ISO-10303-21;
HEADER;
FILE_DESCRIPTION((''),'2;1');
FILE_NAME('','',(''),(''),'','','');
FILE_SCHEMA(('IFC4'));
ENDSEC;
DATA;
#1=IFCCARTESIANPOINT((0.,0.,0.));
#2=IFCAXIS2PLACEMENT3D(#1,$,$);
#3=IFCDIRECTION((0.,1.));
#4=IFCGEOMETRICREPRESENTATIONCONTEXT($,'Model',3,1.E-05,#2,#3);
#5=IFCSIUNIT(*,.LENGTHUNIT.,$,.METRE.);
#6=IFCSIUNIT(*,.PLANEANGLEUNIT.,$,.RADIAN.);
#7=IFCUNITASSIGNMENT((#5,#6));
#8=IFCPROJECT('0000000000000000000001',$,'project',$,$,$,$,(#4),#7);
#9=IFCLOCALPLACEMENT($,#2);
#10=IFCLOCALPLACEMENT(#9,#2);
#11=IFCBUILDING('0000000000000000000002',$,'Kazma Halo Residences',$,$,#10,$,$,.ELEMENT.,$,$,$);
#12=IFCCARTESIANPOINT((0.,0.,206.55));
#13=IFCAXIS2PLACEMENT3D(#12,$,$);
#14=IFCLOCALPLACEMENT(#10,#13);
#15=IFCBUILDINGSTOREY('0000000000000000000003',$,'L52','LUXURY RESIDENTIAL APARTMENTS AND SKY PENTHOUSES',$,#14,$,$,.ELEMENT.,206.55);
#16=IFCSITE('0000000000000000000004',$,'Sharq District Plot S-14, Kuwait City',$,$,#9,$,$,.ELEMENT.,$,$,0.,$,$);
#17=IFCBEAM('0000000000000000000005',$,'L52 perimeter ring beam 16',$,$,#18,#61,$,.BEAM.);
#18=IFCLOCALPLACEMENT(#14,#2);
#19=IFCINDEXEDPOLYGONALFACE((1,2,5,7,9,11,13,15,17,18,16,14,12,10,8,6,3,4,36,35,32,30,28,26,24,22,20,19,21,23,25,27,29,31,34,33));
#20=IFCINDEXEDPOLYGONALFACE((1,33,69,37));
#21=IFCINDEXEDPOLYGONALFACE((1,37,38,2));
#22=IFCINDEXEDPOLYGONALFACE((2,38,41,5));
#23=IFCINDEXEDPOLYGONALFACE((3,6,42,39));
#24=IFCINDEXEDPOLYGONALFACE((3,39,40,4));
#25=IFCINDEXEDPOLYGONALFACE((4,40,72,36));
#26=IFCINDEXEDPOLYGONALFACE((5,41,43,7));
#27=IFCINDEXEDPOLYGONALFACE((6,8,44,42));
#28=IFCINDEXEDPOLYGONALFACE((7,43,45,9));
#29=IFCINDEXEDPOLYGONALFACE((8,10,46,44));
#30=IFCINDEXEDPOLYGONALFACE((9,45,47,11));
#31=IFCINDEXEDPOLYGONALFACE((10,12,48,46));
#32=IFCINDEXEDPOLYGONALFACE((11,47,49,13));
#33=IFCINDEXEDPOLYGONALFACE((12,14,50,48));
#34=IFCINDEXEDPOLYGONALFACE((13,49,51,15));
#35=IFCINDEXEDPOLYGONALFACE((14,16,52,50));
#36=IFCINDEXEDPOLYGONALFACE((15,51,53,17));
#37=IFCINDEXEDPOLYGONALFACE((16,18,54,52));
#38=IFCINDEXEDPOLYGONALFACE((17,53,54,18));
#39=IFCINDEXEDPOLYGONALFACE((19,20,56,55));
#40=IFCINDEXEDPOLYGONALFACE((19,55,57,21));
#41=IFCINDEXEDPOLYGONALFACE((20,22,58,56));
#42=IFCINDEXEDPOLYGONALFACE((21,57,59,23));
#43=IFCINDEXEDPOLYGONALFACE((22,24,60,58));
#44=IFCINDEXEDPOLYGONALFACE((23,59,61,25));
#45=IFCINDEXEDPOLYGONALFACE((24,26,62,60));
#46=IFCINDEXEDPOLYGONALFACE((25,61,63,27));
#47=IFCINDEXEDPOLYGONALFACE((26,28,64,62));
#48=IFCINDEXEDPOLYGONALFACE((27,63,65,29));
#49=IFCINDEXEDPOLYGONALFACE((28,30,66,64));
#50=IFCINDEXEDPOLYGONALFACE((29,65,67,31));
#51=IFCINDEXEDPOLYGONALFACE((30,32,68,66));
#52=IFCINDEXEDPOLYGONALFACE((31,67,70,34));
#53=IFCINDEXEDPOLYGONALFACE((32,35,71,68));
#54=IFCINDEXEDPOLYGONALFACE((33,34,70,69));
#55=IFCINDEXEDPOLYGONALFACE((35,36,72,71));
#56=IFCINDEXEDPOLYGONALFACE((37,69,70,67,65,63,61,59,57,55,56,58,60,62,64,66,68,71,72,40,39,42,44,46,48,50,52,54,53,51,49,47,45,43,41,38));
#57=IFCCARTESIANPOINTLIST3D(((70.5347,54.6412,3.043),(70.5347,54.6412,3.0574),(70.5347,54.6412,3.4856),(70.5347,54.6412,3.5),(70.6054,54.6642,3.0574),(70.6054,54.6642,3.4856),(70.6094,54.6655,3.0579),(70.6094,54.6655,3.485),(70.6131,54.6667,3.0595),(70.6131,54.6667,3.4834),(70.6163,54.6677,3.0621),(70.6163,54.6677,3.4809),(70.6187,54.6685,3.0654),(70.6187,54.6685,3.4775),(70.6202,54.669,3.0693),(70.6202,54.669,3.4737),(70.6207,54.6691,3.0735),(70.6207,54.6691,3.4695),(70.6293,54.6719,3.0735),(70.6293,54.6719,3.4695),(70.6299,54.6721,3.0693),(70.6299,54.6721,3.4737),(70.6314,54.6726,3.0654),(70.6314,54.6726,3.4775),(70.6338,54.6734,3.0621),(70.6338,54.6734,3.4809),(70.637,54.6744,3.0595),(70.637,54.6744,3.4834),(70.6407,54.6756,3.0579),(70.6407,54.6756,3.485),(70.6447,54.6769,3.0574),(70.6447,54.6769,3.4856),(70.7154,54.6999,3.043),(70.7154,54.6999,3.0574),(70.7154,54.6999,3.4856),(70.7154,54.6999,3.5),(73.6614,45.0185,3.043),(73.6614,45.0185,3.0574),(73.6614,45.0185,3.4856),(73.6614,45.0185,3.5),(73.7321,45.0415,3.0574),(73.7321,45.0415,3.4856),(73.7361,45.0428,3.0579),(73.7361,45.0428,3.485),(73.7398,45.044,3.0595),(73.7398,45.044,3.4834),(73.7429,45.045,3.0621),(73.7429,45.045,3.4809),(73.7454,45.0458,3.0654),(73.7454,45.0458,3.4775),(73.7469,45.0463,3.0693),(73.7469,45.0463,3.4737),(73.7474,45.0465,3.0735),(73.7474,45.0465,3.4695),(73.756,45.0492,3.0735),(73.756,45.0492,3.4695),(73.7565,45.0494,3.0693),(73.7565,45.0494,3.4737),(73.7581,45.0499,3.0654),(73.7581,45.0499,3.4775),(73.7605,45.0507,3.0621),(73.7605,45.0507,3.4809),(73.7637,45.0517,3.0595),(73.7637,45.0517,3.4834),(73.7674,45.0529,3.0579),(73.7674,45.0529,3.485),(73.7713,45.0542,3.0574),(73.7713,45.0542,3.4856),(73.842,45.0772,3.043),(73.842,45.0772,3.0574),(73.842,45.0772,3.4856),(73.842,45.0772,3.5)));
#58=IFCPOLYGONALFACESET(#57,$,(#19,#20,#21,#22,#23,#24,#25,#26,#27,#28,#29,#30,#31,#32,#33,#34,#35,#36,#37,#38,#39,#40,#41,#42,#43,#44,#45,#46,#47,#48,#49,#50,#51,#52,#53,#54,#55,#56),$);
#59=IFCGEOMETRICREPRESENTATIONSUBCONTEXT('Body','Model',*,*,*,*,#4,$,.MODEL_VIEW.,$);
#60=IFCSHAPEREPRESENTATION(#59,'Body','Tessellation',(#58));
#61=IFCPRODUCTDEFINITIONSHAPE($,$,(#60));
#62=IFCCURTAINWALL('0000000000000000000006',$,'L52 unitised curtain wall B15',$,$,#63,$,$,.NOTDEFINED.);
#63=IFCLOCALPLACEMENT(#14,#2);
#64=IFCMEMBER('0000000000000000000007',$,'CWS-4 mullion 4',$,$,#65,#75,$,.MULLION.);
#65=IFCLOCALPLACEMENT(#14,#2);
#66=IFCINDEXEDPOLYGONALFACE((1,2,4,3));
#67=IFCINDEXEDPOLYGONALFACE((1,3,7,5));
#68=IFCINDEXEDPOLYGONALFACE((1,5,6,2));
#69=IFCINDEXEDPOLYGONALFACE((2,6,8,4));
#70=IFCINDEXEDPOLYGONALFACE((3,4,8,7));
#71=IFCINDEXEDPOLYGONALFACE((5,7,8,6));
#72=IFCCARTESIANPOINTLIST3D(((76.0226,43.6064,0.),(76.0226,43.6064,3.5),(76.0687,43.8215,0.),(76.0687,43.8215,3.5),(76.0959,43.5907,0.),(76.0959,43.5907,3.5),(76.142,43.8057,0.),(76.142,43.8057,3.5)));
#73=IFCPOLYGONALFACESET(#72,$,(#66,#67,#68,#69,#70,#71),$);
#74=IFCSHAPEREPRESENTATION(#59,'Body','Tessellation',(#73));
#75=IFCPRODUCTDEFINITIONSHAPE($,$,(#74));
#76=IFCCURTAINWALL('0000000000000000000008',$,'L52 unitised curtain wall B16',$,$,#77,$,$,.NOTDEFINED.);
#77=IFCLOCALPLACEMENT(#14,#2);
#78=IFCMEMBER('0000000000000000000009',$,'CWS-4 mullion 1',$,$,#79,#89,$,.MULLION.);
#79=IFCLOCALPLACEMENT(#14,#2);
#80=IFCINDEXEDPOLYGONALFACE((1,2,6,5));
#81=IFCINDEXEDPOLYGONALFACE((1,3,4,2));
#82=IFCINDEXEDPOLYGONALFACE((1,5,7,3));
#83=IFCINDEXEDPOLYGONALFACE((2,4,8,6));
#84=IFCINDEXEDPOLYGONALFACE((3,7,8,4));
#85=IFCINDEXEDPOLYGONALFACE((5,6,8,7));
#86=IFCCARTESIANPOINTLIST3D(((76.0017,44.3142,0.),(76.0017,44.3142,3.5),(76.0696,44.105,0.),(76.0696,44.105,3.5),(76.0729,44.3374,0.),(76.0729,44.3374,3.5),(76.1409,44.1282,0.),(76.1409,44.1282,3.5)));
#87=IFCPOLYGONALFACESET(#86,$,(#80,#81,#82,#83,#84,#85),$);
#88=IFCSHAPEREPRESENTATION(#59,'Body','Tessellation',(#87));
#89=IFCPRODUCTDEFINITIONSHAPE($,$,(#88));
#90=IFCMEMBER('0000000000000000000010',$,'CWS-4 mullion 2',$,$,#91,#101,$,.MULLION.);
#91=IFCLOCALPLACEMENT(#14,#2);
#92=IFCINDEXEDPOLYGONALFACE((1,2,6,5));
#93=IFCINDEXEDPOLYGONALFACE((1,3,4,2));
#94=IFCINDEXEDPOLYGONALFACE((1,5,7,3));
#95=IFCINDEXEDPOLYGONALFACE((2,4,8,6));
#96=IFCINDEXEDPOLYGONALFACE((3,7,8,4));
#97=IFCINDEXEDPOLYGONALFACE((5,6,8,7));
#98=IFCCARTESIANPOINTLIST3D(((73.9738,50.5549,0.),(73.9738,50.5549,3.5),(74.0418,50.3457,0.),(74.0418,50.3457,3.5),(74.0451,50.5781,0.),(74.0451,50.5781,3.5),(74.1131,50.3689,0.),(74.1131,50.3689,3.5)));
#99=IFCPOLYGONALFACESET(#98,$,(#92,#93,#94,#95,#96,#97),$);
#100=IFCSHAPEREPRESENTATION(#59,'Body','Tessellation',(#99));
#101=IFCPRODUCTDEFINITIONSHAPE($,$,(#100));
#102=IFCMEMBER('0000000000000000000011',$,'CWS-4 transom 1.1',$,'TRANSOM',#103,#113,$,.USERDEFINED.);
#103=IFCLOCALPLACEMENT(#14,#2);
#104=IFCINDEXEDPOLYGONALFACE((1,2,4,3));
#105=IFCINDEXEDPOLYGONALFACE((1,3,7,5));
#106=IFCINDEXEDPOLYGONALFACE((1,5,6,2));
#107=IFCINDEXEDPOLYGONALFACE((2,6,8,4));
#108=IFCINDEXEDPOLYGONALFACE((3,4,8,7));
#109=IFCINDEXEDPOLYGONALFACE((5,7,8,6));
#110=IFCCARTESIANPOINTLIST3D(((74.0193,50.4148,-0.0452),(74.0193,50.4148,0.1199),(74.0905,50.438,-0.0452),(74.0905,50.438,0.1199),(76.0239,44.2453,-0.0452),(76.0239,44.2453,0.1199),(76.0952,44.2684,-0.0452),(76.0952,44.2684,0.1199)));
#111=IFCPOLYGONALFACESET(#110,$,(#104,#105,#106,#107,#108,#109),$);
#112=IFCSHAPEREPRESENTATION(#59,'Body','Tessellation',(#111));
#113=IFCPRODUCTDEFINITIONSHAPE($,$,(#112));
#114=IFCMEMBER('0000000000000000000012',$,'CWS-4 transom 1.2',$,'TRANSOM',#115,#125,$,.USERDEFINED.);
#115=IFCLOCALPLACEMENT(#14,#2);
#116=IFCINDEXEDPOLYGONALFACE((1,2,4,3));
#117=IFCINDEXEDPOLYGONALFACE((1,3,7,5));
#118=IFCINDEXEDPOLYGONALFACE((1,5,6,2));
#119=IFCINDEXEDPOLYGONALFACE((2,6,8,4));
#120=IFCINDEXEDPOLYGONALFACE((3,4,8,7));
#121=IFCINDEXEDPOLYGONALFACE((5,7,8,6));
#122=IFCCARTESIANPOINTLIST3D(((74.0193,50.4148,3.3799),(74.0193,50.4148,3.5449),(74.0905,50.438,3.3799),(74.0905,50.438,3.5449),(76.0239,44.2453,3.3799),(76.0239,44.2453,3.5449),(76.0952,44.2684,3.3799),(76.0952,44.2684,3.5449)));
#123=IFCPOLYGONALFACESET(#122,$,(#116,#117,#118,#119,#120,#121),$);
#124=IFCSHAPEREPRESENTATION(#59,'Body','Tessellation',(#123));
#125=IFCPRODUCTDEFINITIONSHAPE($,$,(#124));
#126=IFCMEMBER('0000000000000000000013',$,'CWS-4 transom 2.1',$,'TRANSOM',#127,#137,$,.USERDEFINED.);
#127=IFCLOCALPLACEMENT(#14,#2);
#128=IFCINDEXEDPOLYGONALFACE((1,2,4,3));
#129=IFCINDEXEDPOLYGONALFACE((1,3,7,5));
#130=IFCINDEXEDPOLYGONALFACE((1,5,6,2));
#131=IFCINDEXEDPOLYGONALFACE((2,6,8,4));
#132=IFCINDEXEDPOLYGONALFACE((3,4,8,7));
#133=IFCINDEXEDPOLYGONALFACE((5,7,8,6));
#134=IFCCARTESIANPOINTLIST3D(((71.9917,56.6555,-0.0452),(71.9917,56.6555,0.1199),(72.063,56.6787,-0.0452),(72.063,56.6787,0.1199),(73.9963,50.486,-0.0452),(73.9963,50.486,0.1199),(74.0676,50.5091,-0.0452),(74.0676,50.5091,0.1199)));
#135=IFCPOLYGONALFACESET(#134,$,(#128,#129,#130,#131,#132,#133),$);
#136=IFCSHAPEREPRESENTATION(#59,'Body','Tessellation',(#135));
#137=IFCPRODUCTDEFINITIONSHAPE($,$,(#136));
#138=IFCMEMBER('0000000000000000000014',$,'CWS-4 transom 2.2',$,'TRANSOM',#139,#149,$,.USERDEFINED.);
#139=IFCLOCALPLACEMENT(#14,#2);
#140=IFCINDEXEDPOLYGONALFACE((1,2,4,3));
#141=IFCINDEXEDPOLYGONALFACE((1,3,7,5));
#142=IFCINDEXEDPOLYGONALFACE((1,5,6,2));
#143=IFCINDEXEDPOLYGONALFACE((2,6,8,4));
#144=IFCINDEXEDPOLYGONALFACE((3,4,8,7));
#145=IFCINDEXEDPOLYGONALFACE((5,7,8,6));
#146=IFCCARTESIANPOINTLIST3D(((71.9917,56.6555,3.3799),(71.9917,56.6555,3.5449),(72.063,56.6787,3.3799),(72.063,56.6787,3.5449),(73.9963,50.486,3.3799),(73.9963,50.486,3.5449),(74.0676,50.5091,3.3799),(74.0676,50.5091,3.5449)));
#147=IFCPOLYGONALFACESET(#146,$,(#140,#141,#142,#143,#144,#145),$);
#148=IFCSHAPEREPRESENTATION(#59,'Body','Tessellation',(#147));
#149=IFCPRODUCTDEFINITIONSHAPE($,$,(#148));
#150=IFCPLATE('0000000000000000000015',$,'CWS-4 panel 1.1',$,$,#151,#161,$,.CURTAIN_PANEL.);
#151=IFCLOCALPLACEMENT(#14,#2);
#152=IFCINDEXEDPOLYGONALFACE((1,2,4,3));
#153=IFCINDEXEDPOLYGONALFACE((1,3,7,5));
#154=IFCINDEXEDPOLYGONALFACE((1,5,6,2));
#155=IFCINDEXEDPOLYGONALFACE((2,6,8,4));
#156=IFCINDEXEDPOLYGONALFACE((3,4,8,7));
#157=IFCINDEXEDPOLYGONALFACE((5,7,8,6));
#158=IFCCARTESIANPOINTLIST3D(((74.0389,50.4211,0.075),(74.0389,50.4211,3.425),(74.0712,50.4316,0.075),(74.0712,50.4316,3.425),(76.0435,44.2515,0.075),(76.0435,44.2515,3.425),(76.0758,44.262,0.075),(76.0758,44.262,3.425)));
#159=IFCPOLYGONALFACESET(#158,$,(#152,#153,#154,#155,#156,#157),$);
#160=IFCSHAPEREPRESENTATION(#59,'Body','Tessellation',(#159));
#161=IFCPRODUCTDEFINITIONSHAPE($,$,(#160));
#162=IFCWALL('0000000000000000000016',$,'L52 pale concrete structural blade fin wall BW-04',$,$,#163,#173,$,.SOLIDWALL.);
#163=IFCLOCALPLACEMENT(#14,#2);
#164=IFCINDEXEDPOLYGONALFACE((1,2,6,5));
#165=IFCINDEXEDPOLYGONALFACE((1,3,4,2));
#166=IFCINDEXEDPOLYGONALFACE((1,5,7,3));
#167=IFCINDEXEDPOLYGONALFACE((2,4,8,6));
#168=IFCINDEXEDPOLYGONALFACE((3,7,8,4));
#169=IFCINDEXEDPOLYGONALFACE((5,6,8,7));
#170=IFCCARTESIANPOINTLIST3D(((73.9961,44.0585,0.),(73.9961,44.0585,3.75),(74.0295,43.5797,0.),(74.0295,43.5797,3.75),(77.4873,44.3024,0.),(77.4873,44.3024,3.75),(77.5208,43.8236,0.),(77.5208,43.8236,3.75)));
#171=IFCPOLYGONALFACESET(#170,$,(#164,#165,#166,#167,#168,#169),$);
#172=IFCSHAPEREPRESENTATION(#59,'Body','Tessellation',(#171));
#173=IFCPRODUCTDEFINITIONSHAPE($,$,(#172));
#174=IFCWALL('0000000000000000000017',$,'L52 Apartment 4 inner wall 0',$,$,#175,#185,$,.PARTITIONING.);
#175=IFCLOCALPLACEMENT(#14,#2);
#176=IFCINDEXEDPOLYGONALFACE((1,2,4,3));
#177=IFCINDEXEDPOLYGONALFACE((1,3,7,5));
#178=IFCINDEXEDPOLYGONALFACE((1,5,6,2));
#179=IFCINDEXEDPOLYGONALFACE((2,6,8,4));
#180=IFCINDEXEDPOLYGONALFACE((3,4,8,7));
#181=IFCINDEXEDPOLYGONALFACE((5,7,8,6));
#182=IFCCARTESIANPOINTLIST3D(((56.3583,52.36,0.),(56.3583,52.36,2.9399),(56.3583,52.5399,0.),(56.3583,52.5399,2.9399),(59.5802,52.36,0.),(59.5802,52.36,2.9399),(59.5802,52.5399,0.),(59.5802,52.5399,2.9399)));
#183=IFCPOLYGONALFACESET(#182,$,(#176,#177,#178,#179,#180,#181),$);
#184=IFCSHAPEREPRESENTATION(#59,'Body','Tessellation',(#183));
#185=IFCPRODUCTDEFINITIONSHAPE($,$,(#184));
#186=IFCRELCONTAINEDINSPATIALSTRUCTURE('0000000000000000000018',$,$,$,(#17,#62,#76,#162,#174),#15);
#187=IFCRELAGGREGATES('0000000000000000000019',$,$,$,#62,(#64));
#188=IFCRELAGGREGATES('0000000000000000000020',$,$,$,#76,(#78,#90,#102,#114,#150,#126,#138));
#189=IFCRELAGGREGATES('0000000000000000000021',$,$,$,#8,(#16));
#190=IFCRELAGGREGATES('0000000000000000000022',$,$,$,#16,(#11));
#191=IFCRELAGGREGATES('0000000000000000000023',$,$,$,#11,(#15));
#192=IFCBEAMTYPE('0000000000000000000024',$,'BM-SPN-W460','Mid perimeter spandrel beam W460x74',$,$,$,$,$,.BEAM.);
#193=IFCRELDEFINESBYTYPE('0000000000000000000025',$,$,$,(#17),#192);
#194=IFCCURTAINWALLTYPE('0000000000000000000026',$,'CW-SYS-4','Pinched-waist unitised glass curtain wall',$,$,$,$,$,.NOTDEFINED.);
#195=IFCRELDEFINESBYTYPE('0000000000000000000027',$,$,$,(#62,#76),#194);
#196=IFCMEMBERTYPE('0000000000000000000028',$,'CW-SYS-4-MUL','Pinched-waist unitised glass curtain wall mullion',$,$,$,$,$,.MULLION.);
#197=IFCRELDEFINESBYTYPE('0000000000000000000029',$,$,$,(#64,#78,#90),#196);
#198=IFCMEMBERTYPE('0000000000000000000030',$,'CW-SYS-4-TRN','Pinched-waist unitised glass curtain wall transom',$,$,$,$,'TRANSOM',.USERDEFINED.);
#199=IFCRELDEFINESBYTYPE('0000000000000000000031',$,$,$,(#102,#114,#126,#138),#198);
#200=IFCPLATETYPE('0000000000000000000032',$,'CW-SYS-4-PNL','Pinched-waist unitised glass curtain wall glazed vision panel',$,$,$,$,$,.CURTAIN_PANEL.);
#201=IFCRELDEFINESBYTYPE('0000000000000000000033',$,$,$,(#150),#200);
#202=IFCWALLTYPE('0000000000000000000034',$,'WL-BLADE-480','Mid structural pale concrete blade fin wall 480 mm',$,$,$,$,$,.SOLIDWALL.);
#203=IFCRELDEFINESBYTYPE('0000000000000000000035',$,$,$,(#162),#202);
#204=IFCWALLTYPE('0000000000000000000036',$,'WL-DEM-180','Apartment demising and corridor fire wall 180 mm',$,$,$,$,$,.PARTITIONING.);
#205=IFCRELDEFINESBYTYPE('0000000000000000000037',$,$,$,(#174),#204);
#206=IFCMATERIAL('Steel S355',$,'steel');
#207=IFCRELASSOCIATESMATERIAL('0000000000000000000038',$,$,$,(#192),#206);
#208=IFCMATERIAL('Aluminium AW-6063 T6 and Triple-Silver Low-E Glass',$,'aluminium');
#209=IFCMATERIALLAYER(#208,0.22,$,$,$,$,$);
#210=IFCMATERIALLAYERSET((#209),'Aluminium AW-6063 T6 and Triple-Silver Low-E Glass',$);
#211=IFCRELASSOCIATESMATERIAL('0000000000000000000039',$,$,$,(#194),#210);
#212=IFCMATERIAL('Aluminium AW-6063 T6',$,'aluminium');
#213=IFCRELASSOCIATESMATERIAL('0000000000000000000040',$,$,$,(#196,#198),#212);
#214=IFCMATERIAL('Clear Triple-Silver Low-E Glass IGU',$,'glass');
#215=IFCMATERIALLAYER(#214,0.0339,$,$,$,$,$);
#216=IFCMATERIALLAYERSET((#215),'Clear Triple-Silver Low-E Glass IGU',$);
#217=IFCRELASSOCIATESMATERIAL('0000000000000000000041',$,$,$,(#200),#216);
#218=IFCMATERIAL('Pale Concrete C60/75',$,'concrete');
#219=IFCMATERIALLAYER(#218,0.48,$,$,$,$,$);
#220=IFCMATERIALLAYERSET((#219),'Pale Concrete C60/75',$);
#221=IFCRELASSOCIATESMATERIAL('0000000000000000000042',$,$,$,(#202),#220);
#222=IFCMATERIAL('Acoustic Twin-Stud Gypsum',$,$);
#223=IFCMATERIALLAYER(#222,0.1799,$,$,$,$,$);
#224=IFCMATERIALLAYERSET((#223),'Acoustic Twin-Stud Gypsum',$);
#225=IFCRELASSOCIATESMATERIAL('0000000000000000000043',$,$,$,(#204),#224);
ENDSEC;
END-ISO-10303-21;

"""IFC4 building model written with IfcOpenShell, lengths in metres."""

from ifc_helpers import new_model, si_unit, direction, frame, frame_2d, origin, origin_2d, place, context, subcontext, project, spatial, rectangle, i_section, extrude, material, layer, layer_set, material_profile, profile_set, type_object, element, aggregate, save


model = new_model("IFC4")

# Units and contexts
model_context = context("Model", 3, precision=1e-05, world=origin(), true_north=direction((0.0, 1.0)))
body_context = subcontext(model_context, "Body", "Model", "MODEL_VIEW")
ifc_project = project(units=[si_unit("LENGTHUNIT", "METRE"), si_unit("PLANEANGLEUNIT", "RADIAN")], contexts=[model_context])

# Site, building, storey
site_placement = place(None, origin())
site = spatial("IfcSite", under=ifc_project, at=site_placement, Name="Sharq District Plot S-14, Kuwait City", CompositionType="ELEMENT", RefElevation=0.0)
building_placement = place(site_placement, origin())
building = spatial("IfcBuilding", under=site, at=building_placement, Name="Kazma Halo Residences", CompositionType="ELEMENT")
storey_placement = place(building_placement, frame((0.0, 0.0, 206.55)))
storey = spatial("IfcBuildingStorey", under=building, at=storey_placement, Name="L52", Description="LUXURY RESIDENTIAL APARTMENTS AND SKY PENTHOUSES", CompositionType="ELEMENT", Elevation=206.55)

# Beam
ifc_material_1 = material(Name="Steel S355", Category="steel")
ifc_material_profile_1 = material_profile(ifc_material_1, i_section(OverallWidth=0.1899, OverallDepth=0.457, WebThickness=0.009, FlangeThickness=0.0144, FilletRadius=0.0161, at=origin_2d()), Name="W460x74")
ifc_profile_set_1 = profile_set([ifc_material_profile_1], Name="Steel S355")
beam_type_1 = type_object("IfcBeamType", Name="BM-SPN-W460", Description="Mid perimeter spandrel beam W460x74", PredefinedType="BEAM", material=ifc_profile_set_1)
beam_1_placement = place(storey_placement, frame((73.7517, 45.0479, 3.2715), z_axis=(-0.309023, 0.951054, 0.0), x_axis=(-0.951054, -0.309023, 0.0)))
element("IfcBeam", 1, at=beam_1_placement, inside=storey, type_object=beam_type_1, Name="L52 perimeter ring beam 16", PredefinedType="BEAM", context=body_context, shape_type="SweptSolid", body=[
    extrude(i_section(OverallWidth=0.1899, OverallDepth=0.457, WebThickness=0.009, FlangeThickness=0.0144, FilletRadius=0.0161, at=origin_2d()), origin(), (0.0, 0.0, 1.0), 10.1179),
])

# Curtain wall, member
ifc_material_2 = material(Name="Aluminium AW-6063 T6 and Triple-Silver Low-E Glass", Category="aluminium")
ifc_layer_1 = layer(ifc_material_2, 0.22)
ifc_layer_set_1 = layer_set([ifc_layer_1], Name="Aluminium AW-6063 T6 and Triple-Silver Low-E Glass")
curtain_wall_type = type_object("IfcCurtainWallType", Name="CW-SYS-4", Description="Pinched-waist unitised glass curtain wall", PredefinedType="NOTDEFINED", material=ifc_layer_set_1)
curtain_wall_1_placement = place(storey_placement, origin())
curtain_wall_1 = element("IfcCurtainWall", 2, at=curtain_wall_1_placement, inside=storey, type_object=curtain_wall_type, Name="L52 unitised curtain wall B15", PredefinedType="NOTDEFINED")
ifc_material_3 = material(Name="Aluminium AW-6063 T6", Category="aluminium")
ifc_material_profile_2 = material_profile(ifc_material_3, rectangle(XDim=0.075, YDim=0.22, at=origin_2d()), Name="CWM-75x220")
ifc_profile_set_2 = profile_set([ifc_material_profile_2], Name="Aluminium AW-6063 T6")
member_type_1 = type_object("IfcMemberType", Name="CW-SYS-4-MUL", Description="Pinched-waist unitised glass curtain wall mullion", PredefinedType="MULLION", material=ifc_profile_set_2)
member_1_placement = place(storey_placement, frame((76.0823, 43.7061, 0.0), z_axis=(0.0, 0.0, 1.0), x_axis=(-0.977768, 0.20969, 0.0)))
member_1 = element("IfcMember", 3, at=member_1_placement, type_object=member_type_1, Name="CWS-4 mullion 4", PredefinedType="MULLION", context=body_context, shape_type="SweptSolid", body=[
    extrude(rectangle(XDim=0.075, YDim=0.22, at=origin_2d()), origin(), (0.0, 0.0, 1.0), 3.5),
])
aggregate(curtain_wall_1, [member_1])

# Curtain wall, members, plate
curtain_wall_2_placement = place(storey_placement, origin())
curtain_wall_2 = element("IfcCurtainWall", 4, at=curtain_wall_2_placement, inside=storey, type_object=curtain_wall_type, Name="L52 unitised curtain wall B16", PredefinedType="NOTDEFINED")
member_2_placement = place(storey_placement, frame((76.0713, 44.2212, 0.0), z_axis=(0.0, 0.0, 1.0), x_axis=(-0.951057, -0.309016, 0.0)))
member_2 = element("IfcMember", 5, at=member_2_placement, type_object=member_type_1, Name="CWS-4 mullion 1", PredefinedType="MULLION", context=body_context, shape_type="SweptSolid", body=[
    extrude(rectangle(XDim=0.075, YDim=0.22, at=origin_2d()), origin(), (0.0, 0.0, 1.0), 3.5),
])
member_3_placement = place(storey_placement, frame((74.0435, 50.4619, 0.0), z_axis=(0.0, 0.0, 1.0), x_axis=(-0.951057, -0.309016, 0.0)))
member_3 = element("IfcMember", 6, at=member_3_placement, type_object=member_type_1, Name="CWS-4 mullion 2", PredefinedType="MULLION", context=body_context, shape_type="SweptSolid", body=[
    extrude(rectangle(XDim=0.075, YDim=0.22, at=origin_2d()), origin(), (0.0, 0.0, 1.0), 3.5),
])
ifc_material_profile_3 = material_profile(ifc_material_3, rectangle(XDim=0.075, YDim=0.165, at=origin_2d()), Name="CWT-75x165")
ifc_profile_set_3 = profile_set([ifc_material_profile_3], Name="Aluminium AW-6063 T6")
member_type_2 = type_object("IfcMemberType", Name="CW-SYS-4-TRN", Description="Pinched-waist unitised glass curtain wall transom", ElementType="TRANSOM", PredefinedType="USERDEFINED", material=ifc_profile_set_3)
member_4_placement = place(storey_placement, frame((76.0596, 44.2568, 0.0374), z_axis=(-0.309027, 0.951053, 0.0), x_axis=(-0.951053, -0.309027, 0.0)))
member_4 = element("IfcMember", 7, at=member_4_placement, type_object=member_type_2, Name="CWS-4 transom 1.1", ObjectType="TRANSOM", PredefinedType="USERDEFINED", context=body_context, shape_type="SweptSolid", body=[
    extrude(rectangle(XDim=0.075, YDim=0.165, at=origin_2d()), origin(), (0.0, 0.0, 1.0), 6.4871),
])
member_5_placement = place(storey_placement, frame((76.0596, 44.2568, 3.4624), z_axis=(-0.309027, 0.951053, 0.0), x_axis=(-0.951053, -0.309027, 0.0)))
member_5 = element("IfcMember", 8, at=member_5_placement, type_object=member_type_2, Name="CWS-4 transom 1.2", ObjectType="TRANSOM", PredefinedType="USERDEFINED", context=body_context, shape_type="SweptSolid", body=[
    extrude(rectangle(XDim=0.075, YDim=0.165, at=origin_2d()), origin(), (0.0, 0.0, 1.0), 6.4871),
])
member_6_placement = place(storey_placement, frame((74.032, 50.4976, 0.0374), z_axis=(-0.309015, 0.951057, 0.0), x_axis=(-0.951057, -0.309015, 0.0)))
member_6 = element("IfcMember", 9, at=member_6_placement, type_object=member_type_2, Name="CWS-4 transom 2.1", ObjectType="TRANSOM", PredefinedType="USERDEFINED", context=body_context, shape_type="SweptSolid", body=[
    extrude(rectangle(XDim=0.075, YDim=0.165, at=origin_2d()), origin(), (0.0, 0.0, 1.0), 6.4871),
])
member_7_placement = place(storey_placement, frame((74.032, 50.4976, 3.4624), z_axis=(-0.309015, 0.951057, 0.0), x_axis=(-0.951057, -0.309015, 0.0)))
member_7 = element("IfcMember", 10, at=member_7_placement, type_object=member_type_2, Name="CWS-4 transom 2.2", ObjectType="TRANSOM", PredefinedType="USERDEFINED", context=body_context, shape_type="SweptSolid", body=[
    extrude(rectangle(XDim=0.075, YDim=0.165, at=origin_2d()), origin(), (0.0, 0.0, 1.0), 6.4871),
])
ifc_material_4 = material(Name="Clear Triple-Silver Low-E Glass IGU", Category="glass")
ifc_layer_2 = layer(ifc_material_4, 0.0339)
ifc_layer_set_2 = layer_set([ifc_layer_2], Name="Clear Triple-Silver Low-E Glass IGU")
plate_type = type_object("IfcPlateType", Name="CW-SYS-4-PNL", Description="Pinched-waist unitised glass curtain wall glazed vision panel", PredefinedType="CURTAIN_PANEL", material=ifc_layer_set_2)
plate_placement = place(storey_placement, frame((75.0574, 47.3416, 0.075), z_axis=(0.0, 0.0, 1.0), x_axis=(-0.309016, 0.951057, 0.0)))
plate = element("IfcPlate", 11, at=plate_placement, type_object=plate_type, Name="CWS-4 panel 1.1", PredefinedType="CURTAIN_PANEL", context=body_context, shape_type="SweptSolid", body=[
    extrude(rectangle(XDim=6.4871, YDim=0.0339, at=origin_2d()), origin(), (0.0, 0.0, 1.0), 3.3501),
])
aggregate(curtain_wall_2, [member_2, member_3, member_4, member_5, plate, member_6, member_7])

# Walls
ifc_material_5 = material(Name="Pale Concrete C60/75", Category="concrete")
ifc_layer_3 = layer(ifc_material_5, 0.48)
ifc_layer_set_3 = layer_set([ifc_layer_3], Name="Pale Concrete C60/75")
wall_type_1 = type_object("IfcWallType", Name="WL-BLADE-480", Description="Mid structural pale concrete blade fin wall 480 mm", PredefinedType="SOLIDWALL", material=ifc_layer_set_3)
wall_1_placement = place(storey_placement, frame((74.0127, 43.8191, 0.0), z_axis=(0.0, 0.0, 1.0), x_axis=(0.997569, 0.06969, 0.0)))
element("IfcWall", 12, at=wall_1_placement, inside=storey, type_object=wall_type_1, Name="L52 pale concrete structural blade fin wall BW-04", PredefinedType="SOLIDWALL", context=body_context, shape_type="SweptSolid", body=[
    extrude(rectangle(XDim=3.4998, YDim=0.48, at=frame_2d((1.75, 0.0))), origin(), (0.0, 0.0, 1.0), 3.75),
])
ifc_material_6 = material(Name="Acoustic Twin-Stud Gypsum")
ifc_layer_4 = layer(ifc_material_6, 0.1799)
ifc_layer_set_4 = layer_set([ifc_layer_4], Name="Acoustic Twin-Stud Gypsum")
wall_type_2 = type_object("IfcWallType", Name="WL-DEM-180", Description="Apartment demising and corridor fire wall 180 mm", PredefinedType="PARTITIONING", material=ifc_layer_set_4)
wall_2_placement = place(storey_placement, frame((59.5801, 52.45, 0.0), z_axis=(0.0, 0.0, 1.0), x_axis=(-1.0, 0.0, 0.0)))
element("IfcWall", 13, at=wall_2_placement, inside=storey, type_object=wall_type_2, Name="L52 Apartment 4 inner wall 0", PredefinedType="PARTITIONING", context=body_context, shape_type="SweptSolid", body=[
    extrude(rectangle(XDim=3.2219, YDim=0.1799, at=frame_2d((1.6108, 0.0))), origin(), (0.0, 0.0, 1.0), 2.9399),
])

save(model, "model.ifc")
